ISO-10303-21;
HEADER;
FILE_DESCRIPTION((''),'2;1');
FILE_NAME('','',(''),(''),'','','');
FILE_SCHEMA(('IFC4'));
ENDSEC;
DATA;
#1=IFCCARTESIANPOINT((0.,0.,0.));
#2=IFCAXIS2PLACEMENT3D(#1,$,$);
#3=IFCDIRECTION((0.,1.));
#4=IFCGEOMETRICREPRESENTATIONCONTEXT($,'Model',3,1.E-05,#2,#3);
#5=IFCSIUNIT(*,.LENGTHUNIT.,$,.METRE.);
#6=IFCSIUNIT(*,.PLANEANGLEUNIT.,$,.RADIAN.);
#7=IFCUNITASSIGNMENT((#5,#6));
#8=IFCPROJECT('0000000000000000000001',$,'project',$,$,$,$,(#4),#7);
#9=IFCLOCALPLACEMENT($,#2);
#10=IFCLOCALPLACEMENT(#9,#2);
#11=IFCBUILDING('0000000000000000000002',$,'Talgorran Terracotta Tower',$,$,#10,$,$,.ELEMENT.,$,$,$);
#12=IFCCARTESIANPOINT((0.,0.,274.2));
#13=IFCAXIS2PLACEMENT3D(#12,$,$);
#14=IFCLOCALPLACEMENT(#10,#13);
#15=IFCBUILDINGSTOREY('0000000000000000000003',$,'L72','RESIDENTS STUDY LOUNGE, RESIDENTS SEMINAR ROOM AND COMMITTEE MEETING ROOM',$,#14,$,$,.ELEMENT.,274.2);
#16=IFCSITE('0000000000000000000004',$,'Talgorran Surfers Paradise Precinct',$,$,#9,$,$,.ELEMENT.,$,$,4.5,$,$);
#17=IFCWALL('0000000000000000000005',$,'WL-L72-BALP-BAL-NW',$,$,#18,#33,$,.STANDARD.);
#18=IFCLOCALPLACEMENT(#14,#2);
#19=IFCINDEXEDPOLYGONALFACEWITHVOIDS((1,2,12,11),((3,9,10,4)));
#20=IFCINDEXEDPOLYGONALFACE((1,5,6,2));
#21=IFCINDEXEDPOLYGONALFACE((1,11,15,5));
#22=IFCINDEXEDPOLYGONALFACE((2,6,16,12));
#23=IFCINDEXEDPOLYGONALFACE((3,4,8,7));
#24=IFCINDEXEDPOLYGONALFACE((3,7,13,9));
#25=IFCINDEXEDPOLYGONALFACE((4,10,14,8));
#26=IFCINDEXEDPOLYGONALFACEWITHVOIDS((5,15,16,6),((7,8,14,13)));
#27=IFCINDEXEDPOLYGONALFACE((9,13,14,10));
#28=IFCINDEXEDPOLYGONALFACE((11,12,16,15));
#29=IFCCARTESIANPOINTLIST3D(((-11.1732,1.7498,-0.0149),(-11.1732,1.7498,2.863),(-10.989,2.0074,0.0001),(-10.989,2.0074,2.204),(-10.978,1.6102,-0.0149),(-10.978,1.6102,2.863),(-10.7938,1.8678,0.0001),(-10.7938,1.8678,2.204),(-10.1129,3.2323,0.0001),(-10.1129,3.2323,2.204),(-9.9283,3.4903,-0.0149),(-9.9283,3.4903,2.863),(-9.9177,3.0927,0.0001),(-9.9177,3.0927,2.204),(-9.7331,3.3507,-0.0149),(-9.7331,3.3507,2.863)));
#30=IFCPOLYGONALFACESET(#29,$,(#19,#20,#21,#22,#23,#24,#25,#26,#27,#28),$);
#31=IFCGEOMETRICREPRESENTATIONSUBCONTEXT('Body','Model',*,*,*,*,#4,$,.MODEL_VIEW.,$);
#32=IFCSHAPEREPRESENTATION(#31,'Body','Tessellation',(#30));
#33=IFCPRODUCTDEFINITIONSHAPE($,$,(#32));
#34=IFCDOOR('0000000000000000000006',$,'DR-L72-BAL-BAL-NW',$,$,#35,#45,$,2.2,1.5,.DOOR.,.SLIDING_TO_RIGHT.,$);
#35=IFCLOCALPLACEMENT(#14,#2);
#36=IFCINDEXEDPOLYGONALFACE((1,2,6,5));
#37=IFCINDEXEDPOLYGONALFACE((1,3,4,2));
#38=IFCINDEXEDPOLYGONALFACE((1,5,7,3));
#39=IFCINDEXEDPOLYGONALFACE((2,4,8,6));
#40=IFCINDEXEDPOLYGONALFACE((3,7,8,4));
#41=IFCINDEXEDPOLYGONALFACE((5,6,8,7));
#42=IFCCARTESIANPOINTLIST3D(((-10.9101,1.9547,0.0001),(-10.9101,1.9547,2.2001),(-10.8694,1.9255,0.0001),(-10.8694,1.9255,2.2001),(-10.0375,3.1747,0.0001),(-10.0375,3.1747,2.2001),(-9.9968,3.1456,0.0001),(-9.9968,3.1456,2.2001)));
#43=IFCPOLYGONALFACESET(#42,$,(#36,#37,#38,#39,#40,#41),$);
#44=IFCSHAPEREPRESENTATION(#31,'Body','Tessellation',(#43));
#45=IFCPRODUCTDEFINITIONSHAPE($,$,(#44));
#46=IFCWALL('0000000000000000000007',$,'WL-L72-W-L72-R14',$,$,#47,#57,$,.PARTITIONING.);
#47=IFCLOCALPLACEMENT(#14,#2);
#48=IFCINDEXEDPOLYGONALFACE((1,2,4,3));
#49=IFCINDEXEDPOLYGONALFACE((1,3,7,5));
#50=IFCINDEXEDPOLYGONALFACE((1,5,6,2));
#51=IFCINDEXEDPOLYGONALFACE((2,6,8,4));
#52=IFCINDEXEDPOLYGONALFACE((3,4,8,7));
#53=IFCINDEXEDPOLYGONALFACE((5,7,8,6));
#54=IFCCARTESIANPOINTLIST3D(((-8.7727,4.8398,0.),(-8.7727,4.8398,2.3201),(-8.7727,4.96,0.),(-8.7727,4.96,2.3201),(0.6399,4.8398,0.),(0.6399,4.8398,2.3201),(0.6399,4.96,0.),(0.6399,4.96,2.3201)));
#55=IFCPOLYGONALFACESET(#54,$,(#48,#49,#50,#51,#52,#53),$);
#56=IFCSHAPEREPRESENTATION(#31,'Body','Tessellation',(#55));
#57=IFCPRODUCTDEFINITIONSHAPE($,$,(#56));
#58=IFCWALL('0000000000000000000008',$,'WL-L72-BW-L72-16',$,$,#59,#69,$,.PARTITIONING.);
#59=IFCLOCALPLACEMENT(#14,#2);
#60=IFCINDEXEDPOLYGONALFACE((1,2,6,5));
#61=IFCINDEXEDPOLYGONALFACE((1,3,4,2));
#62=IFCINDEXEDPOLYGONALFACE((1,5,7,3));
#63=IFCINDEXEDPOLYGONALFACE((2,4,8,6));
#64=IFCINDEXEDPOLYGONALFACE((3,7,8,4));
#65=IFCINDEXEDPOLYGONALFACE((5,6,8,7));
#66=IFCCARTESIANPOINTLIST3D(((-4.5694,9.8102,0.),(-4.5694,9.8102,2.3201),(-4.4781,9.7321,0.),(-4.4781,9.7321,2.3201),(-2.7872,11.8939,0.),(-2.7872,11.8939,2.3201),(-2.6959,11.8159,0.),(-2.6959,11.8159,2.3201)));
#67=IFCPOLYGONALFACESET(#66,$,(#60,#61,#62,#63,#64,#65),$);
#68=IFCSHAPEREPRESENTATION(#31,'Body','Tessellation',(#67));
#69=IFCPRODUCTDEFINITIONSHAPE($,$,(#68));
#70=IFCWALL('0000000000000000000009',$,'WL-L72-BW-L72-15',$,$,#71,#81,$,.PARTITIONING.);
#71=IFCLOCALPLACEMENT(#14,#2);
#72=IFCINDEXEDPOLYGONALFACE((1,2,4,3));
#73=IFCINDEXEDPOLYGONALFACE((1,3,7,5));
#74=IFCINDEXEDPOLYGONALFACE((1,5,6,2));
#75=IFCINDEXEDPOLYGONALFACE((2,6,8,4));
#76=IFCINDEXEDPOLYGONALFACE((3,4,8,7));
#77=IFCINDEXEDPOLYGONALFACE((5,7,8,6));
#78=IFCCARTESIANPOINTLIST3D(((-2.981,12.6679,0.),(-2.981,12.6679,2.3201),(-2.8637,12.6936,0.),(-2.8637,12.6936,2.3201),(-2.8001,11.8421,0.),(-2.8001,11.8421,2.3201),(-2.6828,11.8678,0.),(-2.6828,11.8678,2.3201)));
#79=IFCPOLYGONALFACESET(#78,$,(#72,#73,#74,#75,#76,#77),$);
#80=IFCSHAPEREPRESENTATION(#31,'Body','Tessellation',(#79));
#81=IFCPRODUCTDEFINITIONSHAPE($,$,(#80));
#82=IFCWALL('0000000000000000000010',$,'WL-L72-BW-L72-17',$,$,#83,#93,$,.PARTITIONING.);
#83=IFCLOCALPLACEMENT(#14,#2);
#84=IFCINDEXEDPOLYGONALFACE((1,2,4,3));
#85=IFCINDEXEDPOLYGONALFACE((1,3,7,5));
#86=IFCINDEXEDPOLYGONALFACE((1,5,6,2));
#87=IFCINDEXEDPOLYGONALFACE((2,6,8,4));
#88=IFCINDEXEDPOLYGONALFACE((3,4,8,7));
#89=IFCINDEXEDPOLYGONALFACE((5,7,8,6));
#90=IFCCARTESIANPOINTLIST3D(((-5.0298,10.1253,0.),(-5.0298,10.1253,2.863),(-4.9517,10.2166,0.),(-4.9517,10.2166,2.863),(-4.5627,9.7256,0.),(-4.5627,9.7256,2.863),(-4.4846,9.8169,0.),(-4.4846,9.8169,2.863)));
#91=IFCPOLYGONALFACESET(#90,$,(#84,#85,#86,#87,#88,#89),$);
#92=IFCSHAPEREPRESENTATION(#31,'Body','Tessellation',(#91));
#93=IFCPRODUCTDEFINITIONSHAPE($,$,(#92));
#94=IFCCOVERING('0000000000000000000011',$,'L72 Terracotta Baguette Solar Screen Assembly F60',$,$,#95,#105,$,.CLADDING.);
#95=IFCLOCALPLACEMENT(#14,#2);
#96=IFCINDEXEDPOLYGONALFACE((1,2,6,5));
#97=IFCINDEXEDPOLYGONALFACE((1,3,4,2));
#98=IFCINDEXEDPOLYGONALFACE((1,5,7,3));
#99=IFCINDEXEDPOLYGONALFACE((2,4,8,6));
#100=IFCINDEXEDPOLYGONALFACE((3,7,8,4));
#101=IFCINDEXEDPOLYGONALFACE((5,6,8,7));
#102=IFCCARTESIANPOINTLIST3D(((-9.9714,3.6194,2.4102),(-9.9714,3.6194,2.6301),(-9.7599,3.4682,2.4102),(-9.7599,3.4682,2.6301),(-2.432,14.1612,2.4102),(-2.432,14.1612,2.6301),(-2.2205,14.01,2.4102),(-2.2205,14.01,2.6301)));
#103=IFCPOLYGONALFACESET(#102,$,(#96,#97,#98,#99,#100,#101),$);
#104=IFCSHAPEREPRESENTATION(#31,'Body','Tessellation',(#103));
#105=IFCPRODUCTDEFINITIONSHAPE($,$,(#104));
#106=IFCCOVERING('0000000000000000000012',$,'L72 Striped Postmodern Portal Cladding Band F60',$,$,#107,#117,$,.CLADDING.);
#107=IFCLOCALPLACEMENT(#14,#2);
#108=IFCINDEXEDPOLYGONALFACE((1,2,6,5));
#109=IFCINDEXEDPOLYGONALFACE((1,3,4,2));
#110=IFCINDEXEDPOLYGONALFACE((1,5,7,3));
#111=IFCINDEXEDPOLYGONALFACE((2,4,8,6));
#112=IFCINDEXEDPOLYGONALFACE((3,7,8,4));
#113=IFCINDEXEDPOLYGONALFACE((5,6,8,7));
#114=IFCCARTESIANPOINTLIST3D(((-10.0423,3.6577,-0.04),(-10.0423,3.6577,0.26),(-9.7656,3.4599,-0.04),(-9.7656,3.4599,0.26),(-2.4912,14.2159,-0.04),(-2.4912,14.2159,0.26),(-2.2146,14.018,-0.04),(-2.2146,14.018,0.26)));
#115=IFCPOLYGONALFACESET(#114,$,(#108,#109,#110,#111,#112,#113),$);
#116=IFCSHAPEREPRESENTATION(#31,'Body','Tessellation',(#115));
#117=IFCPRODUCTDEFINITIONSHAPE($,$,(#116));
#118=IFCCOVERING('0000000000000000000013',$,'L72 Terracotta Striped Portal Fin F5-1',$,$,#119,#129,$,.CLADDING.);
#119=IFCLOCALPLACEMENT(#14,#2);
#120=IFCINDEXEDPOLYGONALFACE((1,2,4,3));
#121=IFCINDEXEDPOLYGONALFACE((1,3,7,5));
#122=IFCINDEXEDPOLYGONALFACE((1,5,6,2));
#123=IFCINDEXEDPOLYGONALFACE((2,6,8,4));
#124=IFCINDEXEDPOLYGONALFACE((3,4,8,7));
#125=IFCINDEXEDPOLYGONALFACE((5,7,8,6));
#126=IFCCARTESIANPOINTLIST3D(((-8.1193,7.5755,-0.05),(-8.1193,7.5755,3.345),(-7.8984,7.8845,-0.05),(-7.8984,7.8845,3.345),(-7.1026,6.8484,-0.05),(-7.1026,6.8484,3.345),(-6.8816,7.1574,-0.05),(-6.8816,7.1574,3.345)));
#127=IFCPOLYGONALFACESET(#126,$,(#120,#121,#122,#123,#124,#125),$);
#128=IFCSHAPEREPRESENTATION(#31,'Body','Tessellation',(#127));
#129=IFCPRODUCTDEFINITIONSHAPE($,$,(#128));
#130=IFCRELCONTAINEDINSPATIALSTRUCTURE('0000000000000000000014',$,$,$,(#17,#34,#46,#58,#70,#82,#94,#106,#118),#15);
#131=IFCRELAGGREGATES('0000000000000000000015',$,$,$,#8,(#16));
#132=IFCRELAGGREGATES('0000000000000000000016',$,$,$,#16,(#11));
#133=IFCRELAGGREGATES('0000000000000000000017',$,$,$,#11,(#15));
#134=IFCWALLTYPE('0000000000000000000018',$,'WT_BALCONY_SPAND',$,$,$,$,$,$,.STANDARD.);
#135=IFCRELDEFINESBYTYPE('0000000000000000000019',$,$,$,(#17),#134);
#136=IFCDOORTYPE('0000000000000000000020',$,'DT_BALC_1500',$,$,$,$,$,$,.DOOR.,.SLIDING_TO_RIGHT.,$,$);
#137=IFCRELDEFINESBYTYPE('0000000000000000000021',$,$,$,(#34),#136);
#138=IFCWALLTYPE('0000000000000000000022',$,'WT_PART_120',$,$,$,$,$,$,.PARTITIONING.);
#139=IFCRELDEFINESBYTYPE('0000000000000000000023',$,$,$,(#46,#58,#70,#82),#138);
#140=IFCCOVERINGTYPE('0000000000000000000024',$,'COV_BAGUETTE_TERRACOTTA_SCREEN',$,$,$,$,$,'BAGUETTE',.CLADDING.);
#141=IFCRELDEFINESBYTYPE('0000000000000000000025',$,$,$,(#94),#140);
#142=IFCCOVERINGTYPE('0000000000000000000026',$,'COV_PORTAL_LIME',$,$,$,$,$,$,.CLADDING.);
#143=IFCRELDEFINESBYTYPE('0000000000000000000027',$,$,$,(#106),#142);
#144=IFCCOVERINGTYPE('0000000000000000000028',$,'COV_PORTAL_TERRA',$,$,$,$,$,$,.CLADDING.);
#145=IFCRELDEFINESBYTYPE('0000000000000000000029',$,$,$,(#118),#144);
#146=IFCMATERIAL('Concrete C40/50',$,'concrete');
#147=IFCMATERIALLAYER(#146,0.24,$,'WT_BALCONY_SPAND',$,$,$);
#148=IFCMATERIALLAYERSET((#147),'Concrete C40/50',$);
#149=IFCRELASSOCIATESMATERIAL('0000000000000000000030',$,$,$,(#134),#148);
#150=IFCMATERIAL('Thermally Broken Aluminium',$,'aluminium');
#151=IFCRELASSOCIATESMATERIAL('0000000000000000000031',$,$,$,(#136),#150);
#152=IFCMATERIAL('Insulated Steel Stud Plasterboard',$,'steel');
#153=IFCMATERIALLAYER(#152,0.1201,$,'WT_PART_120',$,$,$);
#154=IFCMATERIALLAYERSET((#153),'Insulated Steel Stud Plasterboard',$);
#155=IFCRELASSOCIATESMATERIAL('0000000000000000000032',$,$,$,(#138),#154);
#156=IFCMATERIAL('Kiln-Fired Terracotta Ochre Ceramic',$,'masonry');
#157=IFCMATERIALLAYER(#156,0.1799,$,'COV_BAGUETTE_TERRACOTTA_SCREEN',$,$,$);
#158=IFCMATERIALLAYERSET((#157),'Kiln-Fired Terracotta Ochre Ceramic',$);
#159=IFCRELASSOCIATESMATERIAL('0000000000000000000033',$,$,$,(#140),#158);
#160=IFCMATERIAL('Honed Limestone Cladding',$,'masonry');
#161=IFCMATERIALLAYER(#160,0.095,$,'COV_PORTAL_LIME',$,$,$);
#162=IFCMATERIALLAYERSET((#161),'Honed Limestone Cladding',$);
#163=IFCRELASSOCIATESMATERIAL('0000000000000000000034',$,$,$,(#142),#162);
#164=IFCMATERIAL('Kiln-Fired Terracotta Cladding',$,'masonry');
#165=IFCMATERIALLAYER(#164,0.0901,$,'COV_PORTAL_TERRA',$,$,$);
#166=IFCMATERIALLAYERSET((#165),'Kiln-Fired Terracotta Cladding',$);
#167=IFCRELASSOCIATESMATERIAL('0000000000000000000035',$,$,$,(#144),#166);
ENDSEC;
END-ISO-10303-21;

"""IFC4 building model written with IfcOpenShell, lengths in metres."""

from ifc_helpers import new_model, si_unit, direction, frame, frame_2d, origin, origin_2d, place, context, subcontext, project, spatial, rectangle, extrude, material, layer, layer_set, type_object, element, fill, save


model = new_model("IFC4")

# Units and contexts
model_context = context("Model", 3, precision=1e-05, world=origin(), true_north=direction((0.0, 1.0)))
body_context = subcontext(model_context, "Body", "Model", "MODEL_VIEW")
ifc_project = project(units=[si_unit("LENGTHUNIT", "METRE"), si_unit("PLANEANGLEUNIT", "RADIAN")], contexts=[model_context])

# Site, building, storey
site_placement = place(None, origin())
site = spatial("IfcSite", under=ifc_project, at=site_placement, Name="Talgorran Surfers Paradise Precinct", CompositionType="ELEMENT", RefElevation=4.5)
building_placement = place(site_placement, origin())
building = spatial("IfcBuilding", under=site, at=building_placement, Name="Talgorran Terracotta Tower", CompositionType="ELEMENT")
storey_placement = place(building_placement, frame((0.0, 0.0, 274.2)))
storey = spatial("IfcBuildingStorey", under=building, at=storey_placement, Name="L72", Description="RESIDENTS STUDY LOUNGE, RESIDENTS SEMINAR ROOM AND COMMITTEE MEETING ROOM", CompositionType="ELEMENT", Elevation=274.2)

# Wall, opening, door
ifc_material_1 = material(Name="Concrete C40/50", Category="concrete")
ifc_layer_1 = layer(ifc_material_1, 0.24, Name="WT_BALCONY_SPAND")
ifc_layer_set_1 = layer_set([ifc_layer_1], Name="Concrete C40/50")
wall_type_1 = type_object("IfcWallType", Name="WT_BALCONY_SPAND", PredefinedType="STANDARD", material=ifc_layer_set_1)
wall_1_placement = place(storey_placement, frame((-9.8308, 3.4204, -0.0149), z_axis=(0.0, 0.0, 1.0), x_axis=(-0.581756, -0.813363, 0.0)))
wall_1 = element("IfcWall", 1, at=wall_1_placement, inside=storey, type_object=wall_type_1, Name="WL-L72-BALP-BAL-NW", PredefinedType="STANDARD", context=body_context, shape_type="SweptSolid", body=[
    extrude(rectangle(XDim=2.1399, YDim=0.24, at=frame_2d((1.0698, 0.0))), origin(), (0.0, 0.0, 1.0), 2.8779),
])
opening_placement = place(wall_1_placement, frame((0.3201, 0.0, 0.0149)))
opening = element("IfcOpeningElement", 2, at=opening_placement, cuts=wall_1, PredefinedType="OPENING", context=body_context, shape_type="SweptSolid", body=[
    extrude(rectangle(XDim=1.506, YDim=2.204, at=frame_2d((0.75, 1.1021))), frame((0.0, 0.1299, 0.0), z_axis=(0.0, -1.0, 0.0), x_axis=(1.0, 0.0, 0.0)), (0.0, 0.0, 1.0), 0.26),
])
ifc_material_2 = material(Name="Thermally Broken Aluminium", Category="aluminium")
door_type = type_object("IfcDoorType", Name="DT_BALC_1500", OperationType="SLIDING_TO_RIGHT", PredefinedType="DOOR", material=ifc_material_2)
door_placement = place(opening_placement, origin())
door = element("IfcDoor", 3, at=door_placement, inside=storey, type_object=door_type, Name="DR-L72-BAL-BAL-NW", OperationType="SLIDING_TO_RIGHT", OverallHeight=2.2, OverallWidth=1.5, PredefinedType="DOOR", context=body_context, shape_type="SweptSolid", body=[
    extrude(rectangle(XDim=1.5, YDim=2.2, at=frame_2d((0.75, 1.1001))), frame((0.0, 0.0249, 0.0), z_axis=(0.0, -1.0, 0.0), x_axis=(1.0, 0.0, 0.0)), (0.0, 0.0, 1.0), 0.05),
])
fill(opening, door)

# Walls
ifc_material_3 = material(Name="Insulated Steel Stud Plasterboard", Category="steel")
ifc_layer_2 = layer(ifc_material_3, 0.1201, Name="WT_PART_120")
ifc_layer_set_2 = layer_set([ifc_layer_2], Name="Insulated Steel Stud Plasterboard")
wall_type_2 = type_object("IfcWallType", Name="WT_PART_120", PredefinedType="PARTITIONING", material=ifc_layer_set_2)
wall_2_placement = place(storey_placement, frame((-8.7727, 4.8999, 0.0), z_axis=(0.0, 0.0, 1.0), x_axis=(1.0, 0.0, 0.0)))
element("IfcWall", 4, at=wall_2_placement, inside=storey, type_object=wall_type_2, Name="WL-L72-W-L72-R14", PredefinedType="PARTITIONING", context=body_context, shape_type="SweptSolid", body=[
    extrude(rectangle(XDim=9.4126, YDim=0.1201, at=frame_2d((4.7063, 0.0))), origin(), (0.0, 0.0, 1.0), 2.3201),
])
wall_3_placement = place(storey_placement, frame((-2.7415, 11.855, 0.0), z_axis=(0.0, 0.0, 1.0), x_axis=(-0.649984, -0.759948, 0.0)))
element("IfcWall", 5, at=wall_3_placement, inside=storey, type_object=wall_type_2, Name="WL-L72-BW-L72-16", PredefinedType="PARTITIONING", context=body_context, shape_type="SweptSolid", body=[
    extrude(rectangle(XDim=2.7419, YDim=0.1201, at=frame_2d((1.3711, 0.0))), origin(), (0.0, 0.0, 1.0), 2.3201),
])
wall_4_placement = place(storey_placement, frame((-2.9224, 12.6809, 0.0), z_axis=(0.0, 0.0, 1.0), x_axis=(0.213964, -0.976842, 0.0)))
element("IfcWall", 6, at=wall_4_placement, inside=storey, type_object=wall_type_2, Name="WL-L72-BW-L72-15", PredefinedType="PARTITIONING", context=body_context, shape_type="SweptSolid", body=[
    extrude(rectangle(XDim=0.8455, YDim=0.1201, at=frame_2d((0.4229, 0.0))), origin(), (0.0, 0.0, 1.0), 2.3201),
])
wall_5_placement = place(storey_placement, frame((-4.5237, 9.7712, 0.0), z_axis=(0.0, 0.0, 1.0), x_axis=(-0.759789, 0.65017, 0.0)))
element("IfcWall", 7, at=wall_5_placement, inside=storey, type_object=wall_type_2, Name="WL-L72-BW-L72-17", PredefinedType="PARTITIONING", context=body_context, shape_type="SweptSolid", body=[
    extrude(rectangle(XDim=0.6147, YDim=0.1201, at=frame_2d((0.3074, 0.0))), origin(), (0.0, 0.0, 1.0), 2.863),
])

# Coverings
ifc_material_4 = material(Name="Kiln-Fired Terracotta Ochre Ceramic", Category="masonry")
ifc_layer_3 = layer(ifc_material_4, 0.1799, Name="COV_BAGUETTE_TERRACOTTA_SCREEN")
ifc_layer_set_3 = layer_set([ifc_layer_3], Name="Kiln-Fired Terracotta Ochre Ceramic")
covering_type_1 = type_object("IfcCoveringType", Name="COV_BAGUETTE_TERRACOTTA_SCREEN", ElementType="BAGUETTE", PredefinedType="CLADDING", material=ifc_layer_set_3)
covering_1_placement = place(storey_placement, frame((-6.0959, 8.8147, 2.4102), z_axis=(0.0, 0.0, 1.0), x_axis=(-0.581726, -0.813385, 0.0)))
element("IfcCovering", 8, at=covering_1_placement, inside=storey, type_object=covering_type_1, Name="L72 Terracotta Baguette Solar Screen Assembly F60", PredefinedType="CLADDING", context=body_context, shape_type="SweptSolid", body=[
    extrude(rectangle(XDim=12.9604, YDim=0.26, at=origin_2d()), origin(), (0.0, 0.0, 1.0), 0.22),
])
ifc_material_5 = material(Name="Honed Limestone Cladding", Category="masonry")
ifc_layer_4 = layer(ifc_material_5, 0.095, Name="COV_PORTAL_LIME")
ifc_layer_set_4 = layer_set([ifc_layer_4], Name="Honed Limestone Cladding")
covering_type_2 = type_object("IfcCoveringType", Name="COV_PORTAL_LIME", PredefinedType="CLADDING", material=ifc_layer_set_4)
covering_2_placement = place(storey_placement, frame((-6.1284, 8.8379, -0.04), z_axis=(0.0, 0.0, 1.0), x_axis=(-0.581726, -0.813385, 0.0)))
element("IfcCovering", 9, at=covering_2_placement, inside=storey, type_object=covering_type_2, Name="L72 Striped Postmodern Portal Cladding Band F60", PredefinedType="CLADDING", context=body_context, shape_type="SweptSolid", body=[
    extrude(rectangle(XDim=12.9805, YDim=0.3401, at=origin_2d()), origin(), (0.0, 0.0, 1.0), 0.3),
])
ifc_material_6 = material(Name="Kiln-Fired Terracotta Cladding", Category="masonry")
ifc_layer_5 = layer(ifc_material_6, 0.0901, Name="COV_PORTAL_TERRA")
ifc_layer_set_5 = layer_set([ifc_layer_5], Name="Kiln-Fired Terracotta Cladding")
covering_type_3 = type_object("IfcCoveringType", Name="COV_PORTAL_TERRA", PredefinedType="CLADDING", material=ifc_layer_set_5)
covering_3_placement = place(storey_placement, frame((-7.5005, 7.3665, -0.05), z_axis=(0.0, 0.0, 1.0), x_axis=(-0.581726, -0.813385, 0.0)))
element("IfcCovering", 10, at=covering_3_placement, inside=storey, type_object=covering_type_3, Name="L72 Terracotta Striped Portal Fin F5-1", PredefinedType="CLADDING", context=body_context, shape_type="SweptSolid", body=[
    extrude(rectangle(XDim=0.3799, YDim=1.25, at=origin_2d()), origin(), (0.0, 0.0, 1.0), 3.395),
])

save(model, "model.ifc")
